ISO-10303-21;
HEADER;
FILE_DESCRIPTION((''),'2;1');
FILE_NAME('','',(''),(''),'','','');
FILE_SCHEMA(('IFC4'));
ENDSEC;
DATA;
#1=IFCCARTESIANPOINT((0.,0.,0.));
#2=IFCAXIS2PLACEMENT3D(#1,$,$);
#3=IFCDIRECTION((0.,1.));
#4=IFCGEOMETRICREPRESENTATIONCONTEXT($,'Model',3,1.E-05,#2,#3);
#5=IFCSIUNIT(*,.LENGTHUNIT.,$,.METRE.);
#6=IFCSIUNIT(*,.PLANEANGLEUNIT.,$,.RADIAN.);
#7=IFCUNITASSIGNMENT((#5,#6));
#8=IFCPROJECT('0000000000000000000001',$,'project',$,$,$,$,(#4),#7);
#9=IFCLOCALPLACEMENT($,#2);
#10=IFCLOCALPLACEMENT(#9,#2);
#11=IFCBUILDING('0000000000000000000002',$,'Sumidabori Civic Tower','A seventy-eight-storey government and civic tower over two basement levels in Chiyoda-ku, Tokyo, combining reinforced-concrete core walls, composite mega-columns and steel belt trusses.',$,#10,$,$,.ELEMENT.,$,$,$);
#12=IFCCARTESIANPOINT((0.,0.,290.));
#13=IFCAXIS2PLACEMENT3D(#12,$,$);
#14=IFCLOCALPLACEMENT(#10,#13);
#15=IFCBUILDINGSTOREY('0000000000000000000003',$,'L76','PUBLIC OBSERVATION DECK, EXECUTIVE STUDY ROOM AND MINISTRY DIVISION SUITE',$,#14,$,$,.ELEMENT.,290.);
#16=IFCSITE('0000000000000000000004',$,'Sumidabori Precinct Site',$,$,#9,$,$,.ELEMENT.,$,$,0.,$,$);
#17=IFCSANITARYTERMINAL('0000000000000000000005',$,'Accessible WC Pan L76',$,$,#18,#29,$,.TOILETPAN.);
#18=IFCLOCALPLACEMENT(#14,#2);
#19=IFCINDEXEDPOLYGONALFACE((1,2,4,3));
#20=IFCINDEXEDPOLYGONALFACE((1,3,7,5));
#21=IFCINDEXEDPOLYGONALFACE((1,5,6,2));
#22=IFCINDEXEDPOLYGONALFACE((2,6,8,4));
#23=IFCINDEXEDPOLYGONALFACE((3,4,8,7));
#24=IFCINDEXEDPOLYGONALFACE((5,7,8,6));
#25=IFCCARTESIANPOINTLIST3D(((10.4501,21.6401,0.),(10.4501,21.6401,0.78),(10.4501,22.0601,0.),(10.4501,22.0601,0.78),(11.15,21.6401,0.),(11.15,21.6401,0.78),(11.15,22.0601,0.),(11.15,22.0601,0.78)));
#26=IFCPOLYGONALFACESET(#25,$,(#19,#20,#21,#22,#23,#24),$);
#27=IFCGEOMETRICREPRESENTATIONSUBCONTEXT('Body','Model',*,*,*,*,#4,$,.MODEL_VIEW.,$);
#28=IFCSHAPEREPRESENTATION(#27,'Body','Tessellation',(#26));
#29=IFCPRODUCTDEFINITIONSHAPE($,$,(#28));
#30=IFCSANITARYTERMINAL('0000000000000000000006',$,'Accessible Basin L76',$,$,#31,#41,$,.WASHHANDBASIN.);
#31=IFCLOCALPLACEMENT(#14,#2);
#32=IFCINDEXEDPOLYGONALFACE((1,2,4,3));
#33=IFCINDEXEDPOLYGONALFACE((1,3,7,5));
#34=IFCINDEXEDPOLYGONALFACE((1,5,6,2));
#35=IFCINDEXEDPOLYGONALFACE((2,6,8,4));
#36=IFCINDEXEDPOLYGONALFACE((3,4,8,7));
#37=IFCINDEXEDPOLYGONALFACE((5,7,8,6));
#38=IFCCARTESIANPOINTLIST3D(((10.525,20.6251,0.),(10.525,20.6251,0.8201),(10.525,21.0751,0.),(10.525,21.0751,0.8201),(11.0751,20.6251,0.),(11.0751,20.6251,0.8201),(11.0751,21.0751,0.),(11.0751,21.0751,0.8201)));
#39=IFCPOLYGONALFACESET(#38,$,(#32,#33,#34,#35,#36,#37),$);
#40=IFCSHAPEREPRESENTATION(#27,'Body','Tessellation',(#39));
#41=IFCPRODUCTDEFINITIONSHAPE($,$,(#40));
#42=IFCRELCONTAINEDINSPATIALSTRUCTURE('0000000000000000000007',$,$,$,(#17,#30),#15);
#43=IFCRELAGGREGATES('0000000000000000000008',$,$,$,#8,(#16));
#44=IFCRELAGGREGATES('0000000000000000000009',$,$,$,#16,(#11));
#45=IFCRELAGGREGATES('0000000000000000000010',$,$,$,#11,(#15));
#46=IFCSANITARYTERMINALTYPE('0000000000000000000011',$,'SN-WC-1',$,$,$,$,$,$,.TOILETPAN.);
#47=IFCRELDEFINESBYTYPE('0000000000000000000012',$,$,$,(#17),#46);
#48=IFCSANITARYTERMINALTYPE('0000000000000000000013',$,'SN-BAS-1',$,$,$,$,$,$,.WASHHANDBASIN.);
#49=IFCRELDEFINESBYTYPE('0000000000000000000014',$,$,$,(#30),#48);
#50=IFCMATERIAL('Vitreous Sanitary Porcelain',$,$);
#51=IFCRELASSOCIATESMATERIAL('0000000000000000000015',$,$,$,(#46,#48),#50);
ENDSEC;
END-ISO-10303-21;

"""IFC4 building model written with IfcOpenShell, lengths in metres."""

from ifc_helpers import new_model, si_unit, direction, frame, origin, origin_2d, place, context, subcontext, project, spatial, rectangle, extrude, source, transform, mapped, material, type_object, element, save


model = new_model("IFC4")

# Units and contexts
model_context = context("Model", 3, precision=1e-05, world=origin(), true_north=direction((0.0, 1.0)))
body_context = subcontext(model_context, "Body", "Model", "MODEL_VIEW")
ifc_project = project(units=[si_unit("LENGTHUNIT", "METRE"), si_unit("PLANEANGLEUNIT", "RADIAN")], contexts=[model_context])

# Site, building, storey
site_placement = place(None, origin())
site = spatial("IfcSite", under=ifc_project, at=site_placement, Name="Sumidabori Precinct Site", CompositionType="ELEMENT", RefElevation=0.0)
building_placement = place(site_placement, origin())
building = spatial("IfcBuilding", under=site, at=building_placement, Name="Sumidabori Civic Tower", Description="A seventy-eight-storey government and civic tower over two basement levels in Chiyoda-ku, Tokyo, combining reinforced-concrete core walls, composite mega-columns and steel belt trusses.", CompositionType="ELEMENT")
storey_placement = place(building_placement, frame((0.0, 0.0, 290.0)))
storey = spatial("IfcBuildingStorey", under=building, at=storey_placement, Name="L76", Description="PUBLIC OBSERVATION DECK, EXECUTIVE STUDY ROOM AND MINISTRY DIVISION SUITE", CompositionType="ELEMENT", Elevation=290.0)

# Sanitary terminals
ifc_material_1 = material(Name="Vitreous Sanitary Porcelain")
sanitary_terminal_type_1 = type_object("IfcSanitaryTerminalType", Name="SN-WC-1", PredefinedType="TOILETPAN", material=ifc_material_1)
shared_shape_1 = source(origin(), body_context, "Body", "SweptSolid", [
    extrude(rectangle(XDim=0.7, YDim=0.4199, at=origin_2d()), origin(), (0.0, 0.0, 1.0), 0.78),
])
sanitary_terminal_1_placement = place(storey_placement, frame((10.8, 21.8501, 0.0), z_axis=(0.0, 0.0, 1.0), x_axis=(1.0, 0.0, 0.0)))
element("IfcSanitaryTerminal", 1, at=sanitary_terminal_1_placement, inside=storey, type_object=sanitary_terminal_type_1, Name="Accessible WC Pan L76", PredefinedType="TOILETPAN", context=body_context, shape_type="MappedRepresentation", body=[
    mapped(shared_shape_1, transform((0.0, 0.0, 0.0), x_axis=(1.0, 0.0, 0.0), y_axis=(0.0, 1.0, 0.0), z_axis=(0.0, 0.0, 1.0), scale=1.0)),
])
sanitary_terminal_type_2 = type_object("IfcSanitaryTerminalType", Name="SN-BAS-1", PredefinedType="WASHHANDBASIN", material=ifc_material_1)
shared_shape_2 = source(origin(), body_context, "Body", "SweptSolid", [
    extrude(rectangle(XDim=0.55, YDim=0.45, at=origin_2d()), origin(), (0.0, 0.0, 1.0), 0.8201),
])
sanitary_terminal_2_placement = place(storey_placement, frame((10.8, 20.8501, 0.0), z_axis=(0.0, 0.0, 1.0), x_axis=(1.0, 0.0, 0.0)))
element("IfcSanitaryTerminal", 2, at=sanitary_terminal_2_placement, inside=storey, type_object=sanitary_terminal_type_2, Name="Accessible Basin L76", PredefinedType="WASHHANDBASIN", context=body_context, shape_type="MappedRepresentation", body=[
    mapped(shared_shape_2, transform((0.0, 0.0, 0.0), x_axis=(1.0, 0.0, 0.0), y_axis=(0.0, 1.0, 0.0), z_axis=(0.0, 0.0, 1.0), scale=1.0)),
])

save(model, "model.ifc")
